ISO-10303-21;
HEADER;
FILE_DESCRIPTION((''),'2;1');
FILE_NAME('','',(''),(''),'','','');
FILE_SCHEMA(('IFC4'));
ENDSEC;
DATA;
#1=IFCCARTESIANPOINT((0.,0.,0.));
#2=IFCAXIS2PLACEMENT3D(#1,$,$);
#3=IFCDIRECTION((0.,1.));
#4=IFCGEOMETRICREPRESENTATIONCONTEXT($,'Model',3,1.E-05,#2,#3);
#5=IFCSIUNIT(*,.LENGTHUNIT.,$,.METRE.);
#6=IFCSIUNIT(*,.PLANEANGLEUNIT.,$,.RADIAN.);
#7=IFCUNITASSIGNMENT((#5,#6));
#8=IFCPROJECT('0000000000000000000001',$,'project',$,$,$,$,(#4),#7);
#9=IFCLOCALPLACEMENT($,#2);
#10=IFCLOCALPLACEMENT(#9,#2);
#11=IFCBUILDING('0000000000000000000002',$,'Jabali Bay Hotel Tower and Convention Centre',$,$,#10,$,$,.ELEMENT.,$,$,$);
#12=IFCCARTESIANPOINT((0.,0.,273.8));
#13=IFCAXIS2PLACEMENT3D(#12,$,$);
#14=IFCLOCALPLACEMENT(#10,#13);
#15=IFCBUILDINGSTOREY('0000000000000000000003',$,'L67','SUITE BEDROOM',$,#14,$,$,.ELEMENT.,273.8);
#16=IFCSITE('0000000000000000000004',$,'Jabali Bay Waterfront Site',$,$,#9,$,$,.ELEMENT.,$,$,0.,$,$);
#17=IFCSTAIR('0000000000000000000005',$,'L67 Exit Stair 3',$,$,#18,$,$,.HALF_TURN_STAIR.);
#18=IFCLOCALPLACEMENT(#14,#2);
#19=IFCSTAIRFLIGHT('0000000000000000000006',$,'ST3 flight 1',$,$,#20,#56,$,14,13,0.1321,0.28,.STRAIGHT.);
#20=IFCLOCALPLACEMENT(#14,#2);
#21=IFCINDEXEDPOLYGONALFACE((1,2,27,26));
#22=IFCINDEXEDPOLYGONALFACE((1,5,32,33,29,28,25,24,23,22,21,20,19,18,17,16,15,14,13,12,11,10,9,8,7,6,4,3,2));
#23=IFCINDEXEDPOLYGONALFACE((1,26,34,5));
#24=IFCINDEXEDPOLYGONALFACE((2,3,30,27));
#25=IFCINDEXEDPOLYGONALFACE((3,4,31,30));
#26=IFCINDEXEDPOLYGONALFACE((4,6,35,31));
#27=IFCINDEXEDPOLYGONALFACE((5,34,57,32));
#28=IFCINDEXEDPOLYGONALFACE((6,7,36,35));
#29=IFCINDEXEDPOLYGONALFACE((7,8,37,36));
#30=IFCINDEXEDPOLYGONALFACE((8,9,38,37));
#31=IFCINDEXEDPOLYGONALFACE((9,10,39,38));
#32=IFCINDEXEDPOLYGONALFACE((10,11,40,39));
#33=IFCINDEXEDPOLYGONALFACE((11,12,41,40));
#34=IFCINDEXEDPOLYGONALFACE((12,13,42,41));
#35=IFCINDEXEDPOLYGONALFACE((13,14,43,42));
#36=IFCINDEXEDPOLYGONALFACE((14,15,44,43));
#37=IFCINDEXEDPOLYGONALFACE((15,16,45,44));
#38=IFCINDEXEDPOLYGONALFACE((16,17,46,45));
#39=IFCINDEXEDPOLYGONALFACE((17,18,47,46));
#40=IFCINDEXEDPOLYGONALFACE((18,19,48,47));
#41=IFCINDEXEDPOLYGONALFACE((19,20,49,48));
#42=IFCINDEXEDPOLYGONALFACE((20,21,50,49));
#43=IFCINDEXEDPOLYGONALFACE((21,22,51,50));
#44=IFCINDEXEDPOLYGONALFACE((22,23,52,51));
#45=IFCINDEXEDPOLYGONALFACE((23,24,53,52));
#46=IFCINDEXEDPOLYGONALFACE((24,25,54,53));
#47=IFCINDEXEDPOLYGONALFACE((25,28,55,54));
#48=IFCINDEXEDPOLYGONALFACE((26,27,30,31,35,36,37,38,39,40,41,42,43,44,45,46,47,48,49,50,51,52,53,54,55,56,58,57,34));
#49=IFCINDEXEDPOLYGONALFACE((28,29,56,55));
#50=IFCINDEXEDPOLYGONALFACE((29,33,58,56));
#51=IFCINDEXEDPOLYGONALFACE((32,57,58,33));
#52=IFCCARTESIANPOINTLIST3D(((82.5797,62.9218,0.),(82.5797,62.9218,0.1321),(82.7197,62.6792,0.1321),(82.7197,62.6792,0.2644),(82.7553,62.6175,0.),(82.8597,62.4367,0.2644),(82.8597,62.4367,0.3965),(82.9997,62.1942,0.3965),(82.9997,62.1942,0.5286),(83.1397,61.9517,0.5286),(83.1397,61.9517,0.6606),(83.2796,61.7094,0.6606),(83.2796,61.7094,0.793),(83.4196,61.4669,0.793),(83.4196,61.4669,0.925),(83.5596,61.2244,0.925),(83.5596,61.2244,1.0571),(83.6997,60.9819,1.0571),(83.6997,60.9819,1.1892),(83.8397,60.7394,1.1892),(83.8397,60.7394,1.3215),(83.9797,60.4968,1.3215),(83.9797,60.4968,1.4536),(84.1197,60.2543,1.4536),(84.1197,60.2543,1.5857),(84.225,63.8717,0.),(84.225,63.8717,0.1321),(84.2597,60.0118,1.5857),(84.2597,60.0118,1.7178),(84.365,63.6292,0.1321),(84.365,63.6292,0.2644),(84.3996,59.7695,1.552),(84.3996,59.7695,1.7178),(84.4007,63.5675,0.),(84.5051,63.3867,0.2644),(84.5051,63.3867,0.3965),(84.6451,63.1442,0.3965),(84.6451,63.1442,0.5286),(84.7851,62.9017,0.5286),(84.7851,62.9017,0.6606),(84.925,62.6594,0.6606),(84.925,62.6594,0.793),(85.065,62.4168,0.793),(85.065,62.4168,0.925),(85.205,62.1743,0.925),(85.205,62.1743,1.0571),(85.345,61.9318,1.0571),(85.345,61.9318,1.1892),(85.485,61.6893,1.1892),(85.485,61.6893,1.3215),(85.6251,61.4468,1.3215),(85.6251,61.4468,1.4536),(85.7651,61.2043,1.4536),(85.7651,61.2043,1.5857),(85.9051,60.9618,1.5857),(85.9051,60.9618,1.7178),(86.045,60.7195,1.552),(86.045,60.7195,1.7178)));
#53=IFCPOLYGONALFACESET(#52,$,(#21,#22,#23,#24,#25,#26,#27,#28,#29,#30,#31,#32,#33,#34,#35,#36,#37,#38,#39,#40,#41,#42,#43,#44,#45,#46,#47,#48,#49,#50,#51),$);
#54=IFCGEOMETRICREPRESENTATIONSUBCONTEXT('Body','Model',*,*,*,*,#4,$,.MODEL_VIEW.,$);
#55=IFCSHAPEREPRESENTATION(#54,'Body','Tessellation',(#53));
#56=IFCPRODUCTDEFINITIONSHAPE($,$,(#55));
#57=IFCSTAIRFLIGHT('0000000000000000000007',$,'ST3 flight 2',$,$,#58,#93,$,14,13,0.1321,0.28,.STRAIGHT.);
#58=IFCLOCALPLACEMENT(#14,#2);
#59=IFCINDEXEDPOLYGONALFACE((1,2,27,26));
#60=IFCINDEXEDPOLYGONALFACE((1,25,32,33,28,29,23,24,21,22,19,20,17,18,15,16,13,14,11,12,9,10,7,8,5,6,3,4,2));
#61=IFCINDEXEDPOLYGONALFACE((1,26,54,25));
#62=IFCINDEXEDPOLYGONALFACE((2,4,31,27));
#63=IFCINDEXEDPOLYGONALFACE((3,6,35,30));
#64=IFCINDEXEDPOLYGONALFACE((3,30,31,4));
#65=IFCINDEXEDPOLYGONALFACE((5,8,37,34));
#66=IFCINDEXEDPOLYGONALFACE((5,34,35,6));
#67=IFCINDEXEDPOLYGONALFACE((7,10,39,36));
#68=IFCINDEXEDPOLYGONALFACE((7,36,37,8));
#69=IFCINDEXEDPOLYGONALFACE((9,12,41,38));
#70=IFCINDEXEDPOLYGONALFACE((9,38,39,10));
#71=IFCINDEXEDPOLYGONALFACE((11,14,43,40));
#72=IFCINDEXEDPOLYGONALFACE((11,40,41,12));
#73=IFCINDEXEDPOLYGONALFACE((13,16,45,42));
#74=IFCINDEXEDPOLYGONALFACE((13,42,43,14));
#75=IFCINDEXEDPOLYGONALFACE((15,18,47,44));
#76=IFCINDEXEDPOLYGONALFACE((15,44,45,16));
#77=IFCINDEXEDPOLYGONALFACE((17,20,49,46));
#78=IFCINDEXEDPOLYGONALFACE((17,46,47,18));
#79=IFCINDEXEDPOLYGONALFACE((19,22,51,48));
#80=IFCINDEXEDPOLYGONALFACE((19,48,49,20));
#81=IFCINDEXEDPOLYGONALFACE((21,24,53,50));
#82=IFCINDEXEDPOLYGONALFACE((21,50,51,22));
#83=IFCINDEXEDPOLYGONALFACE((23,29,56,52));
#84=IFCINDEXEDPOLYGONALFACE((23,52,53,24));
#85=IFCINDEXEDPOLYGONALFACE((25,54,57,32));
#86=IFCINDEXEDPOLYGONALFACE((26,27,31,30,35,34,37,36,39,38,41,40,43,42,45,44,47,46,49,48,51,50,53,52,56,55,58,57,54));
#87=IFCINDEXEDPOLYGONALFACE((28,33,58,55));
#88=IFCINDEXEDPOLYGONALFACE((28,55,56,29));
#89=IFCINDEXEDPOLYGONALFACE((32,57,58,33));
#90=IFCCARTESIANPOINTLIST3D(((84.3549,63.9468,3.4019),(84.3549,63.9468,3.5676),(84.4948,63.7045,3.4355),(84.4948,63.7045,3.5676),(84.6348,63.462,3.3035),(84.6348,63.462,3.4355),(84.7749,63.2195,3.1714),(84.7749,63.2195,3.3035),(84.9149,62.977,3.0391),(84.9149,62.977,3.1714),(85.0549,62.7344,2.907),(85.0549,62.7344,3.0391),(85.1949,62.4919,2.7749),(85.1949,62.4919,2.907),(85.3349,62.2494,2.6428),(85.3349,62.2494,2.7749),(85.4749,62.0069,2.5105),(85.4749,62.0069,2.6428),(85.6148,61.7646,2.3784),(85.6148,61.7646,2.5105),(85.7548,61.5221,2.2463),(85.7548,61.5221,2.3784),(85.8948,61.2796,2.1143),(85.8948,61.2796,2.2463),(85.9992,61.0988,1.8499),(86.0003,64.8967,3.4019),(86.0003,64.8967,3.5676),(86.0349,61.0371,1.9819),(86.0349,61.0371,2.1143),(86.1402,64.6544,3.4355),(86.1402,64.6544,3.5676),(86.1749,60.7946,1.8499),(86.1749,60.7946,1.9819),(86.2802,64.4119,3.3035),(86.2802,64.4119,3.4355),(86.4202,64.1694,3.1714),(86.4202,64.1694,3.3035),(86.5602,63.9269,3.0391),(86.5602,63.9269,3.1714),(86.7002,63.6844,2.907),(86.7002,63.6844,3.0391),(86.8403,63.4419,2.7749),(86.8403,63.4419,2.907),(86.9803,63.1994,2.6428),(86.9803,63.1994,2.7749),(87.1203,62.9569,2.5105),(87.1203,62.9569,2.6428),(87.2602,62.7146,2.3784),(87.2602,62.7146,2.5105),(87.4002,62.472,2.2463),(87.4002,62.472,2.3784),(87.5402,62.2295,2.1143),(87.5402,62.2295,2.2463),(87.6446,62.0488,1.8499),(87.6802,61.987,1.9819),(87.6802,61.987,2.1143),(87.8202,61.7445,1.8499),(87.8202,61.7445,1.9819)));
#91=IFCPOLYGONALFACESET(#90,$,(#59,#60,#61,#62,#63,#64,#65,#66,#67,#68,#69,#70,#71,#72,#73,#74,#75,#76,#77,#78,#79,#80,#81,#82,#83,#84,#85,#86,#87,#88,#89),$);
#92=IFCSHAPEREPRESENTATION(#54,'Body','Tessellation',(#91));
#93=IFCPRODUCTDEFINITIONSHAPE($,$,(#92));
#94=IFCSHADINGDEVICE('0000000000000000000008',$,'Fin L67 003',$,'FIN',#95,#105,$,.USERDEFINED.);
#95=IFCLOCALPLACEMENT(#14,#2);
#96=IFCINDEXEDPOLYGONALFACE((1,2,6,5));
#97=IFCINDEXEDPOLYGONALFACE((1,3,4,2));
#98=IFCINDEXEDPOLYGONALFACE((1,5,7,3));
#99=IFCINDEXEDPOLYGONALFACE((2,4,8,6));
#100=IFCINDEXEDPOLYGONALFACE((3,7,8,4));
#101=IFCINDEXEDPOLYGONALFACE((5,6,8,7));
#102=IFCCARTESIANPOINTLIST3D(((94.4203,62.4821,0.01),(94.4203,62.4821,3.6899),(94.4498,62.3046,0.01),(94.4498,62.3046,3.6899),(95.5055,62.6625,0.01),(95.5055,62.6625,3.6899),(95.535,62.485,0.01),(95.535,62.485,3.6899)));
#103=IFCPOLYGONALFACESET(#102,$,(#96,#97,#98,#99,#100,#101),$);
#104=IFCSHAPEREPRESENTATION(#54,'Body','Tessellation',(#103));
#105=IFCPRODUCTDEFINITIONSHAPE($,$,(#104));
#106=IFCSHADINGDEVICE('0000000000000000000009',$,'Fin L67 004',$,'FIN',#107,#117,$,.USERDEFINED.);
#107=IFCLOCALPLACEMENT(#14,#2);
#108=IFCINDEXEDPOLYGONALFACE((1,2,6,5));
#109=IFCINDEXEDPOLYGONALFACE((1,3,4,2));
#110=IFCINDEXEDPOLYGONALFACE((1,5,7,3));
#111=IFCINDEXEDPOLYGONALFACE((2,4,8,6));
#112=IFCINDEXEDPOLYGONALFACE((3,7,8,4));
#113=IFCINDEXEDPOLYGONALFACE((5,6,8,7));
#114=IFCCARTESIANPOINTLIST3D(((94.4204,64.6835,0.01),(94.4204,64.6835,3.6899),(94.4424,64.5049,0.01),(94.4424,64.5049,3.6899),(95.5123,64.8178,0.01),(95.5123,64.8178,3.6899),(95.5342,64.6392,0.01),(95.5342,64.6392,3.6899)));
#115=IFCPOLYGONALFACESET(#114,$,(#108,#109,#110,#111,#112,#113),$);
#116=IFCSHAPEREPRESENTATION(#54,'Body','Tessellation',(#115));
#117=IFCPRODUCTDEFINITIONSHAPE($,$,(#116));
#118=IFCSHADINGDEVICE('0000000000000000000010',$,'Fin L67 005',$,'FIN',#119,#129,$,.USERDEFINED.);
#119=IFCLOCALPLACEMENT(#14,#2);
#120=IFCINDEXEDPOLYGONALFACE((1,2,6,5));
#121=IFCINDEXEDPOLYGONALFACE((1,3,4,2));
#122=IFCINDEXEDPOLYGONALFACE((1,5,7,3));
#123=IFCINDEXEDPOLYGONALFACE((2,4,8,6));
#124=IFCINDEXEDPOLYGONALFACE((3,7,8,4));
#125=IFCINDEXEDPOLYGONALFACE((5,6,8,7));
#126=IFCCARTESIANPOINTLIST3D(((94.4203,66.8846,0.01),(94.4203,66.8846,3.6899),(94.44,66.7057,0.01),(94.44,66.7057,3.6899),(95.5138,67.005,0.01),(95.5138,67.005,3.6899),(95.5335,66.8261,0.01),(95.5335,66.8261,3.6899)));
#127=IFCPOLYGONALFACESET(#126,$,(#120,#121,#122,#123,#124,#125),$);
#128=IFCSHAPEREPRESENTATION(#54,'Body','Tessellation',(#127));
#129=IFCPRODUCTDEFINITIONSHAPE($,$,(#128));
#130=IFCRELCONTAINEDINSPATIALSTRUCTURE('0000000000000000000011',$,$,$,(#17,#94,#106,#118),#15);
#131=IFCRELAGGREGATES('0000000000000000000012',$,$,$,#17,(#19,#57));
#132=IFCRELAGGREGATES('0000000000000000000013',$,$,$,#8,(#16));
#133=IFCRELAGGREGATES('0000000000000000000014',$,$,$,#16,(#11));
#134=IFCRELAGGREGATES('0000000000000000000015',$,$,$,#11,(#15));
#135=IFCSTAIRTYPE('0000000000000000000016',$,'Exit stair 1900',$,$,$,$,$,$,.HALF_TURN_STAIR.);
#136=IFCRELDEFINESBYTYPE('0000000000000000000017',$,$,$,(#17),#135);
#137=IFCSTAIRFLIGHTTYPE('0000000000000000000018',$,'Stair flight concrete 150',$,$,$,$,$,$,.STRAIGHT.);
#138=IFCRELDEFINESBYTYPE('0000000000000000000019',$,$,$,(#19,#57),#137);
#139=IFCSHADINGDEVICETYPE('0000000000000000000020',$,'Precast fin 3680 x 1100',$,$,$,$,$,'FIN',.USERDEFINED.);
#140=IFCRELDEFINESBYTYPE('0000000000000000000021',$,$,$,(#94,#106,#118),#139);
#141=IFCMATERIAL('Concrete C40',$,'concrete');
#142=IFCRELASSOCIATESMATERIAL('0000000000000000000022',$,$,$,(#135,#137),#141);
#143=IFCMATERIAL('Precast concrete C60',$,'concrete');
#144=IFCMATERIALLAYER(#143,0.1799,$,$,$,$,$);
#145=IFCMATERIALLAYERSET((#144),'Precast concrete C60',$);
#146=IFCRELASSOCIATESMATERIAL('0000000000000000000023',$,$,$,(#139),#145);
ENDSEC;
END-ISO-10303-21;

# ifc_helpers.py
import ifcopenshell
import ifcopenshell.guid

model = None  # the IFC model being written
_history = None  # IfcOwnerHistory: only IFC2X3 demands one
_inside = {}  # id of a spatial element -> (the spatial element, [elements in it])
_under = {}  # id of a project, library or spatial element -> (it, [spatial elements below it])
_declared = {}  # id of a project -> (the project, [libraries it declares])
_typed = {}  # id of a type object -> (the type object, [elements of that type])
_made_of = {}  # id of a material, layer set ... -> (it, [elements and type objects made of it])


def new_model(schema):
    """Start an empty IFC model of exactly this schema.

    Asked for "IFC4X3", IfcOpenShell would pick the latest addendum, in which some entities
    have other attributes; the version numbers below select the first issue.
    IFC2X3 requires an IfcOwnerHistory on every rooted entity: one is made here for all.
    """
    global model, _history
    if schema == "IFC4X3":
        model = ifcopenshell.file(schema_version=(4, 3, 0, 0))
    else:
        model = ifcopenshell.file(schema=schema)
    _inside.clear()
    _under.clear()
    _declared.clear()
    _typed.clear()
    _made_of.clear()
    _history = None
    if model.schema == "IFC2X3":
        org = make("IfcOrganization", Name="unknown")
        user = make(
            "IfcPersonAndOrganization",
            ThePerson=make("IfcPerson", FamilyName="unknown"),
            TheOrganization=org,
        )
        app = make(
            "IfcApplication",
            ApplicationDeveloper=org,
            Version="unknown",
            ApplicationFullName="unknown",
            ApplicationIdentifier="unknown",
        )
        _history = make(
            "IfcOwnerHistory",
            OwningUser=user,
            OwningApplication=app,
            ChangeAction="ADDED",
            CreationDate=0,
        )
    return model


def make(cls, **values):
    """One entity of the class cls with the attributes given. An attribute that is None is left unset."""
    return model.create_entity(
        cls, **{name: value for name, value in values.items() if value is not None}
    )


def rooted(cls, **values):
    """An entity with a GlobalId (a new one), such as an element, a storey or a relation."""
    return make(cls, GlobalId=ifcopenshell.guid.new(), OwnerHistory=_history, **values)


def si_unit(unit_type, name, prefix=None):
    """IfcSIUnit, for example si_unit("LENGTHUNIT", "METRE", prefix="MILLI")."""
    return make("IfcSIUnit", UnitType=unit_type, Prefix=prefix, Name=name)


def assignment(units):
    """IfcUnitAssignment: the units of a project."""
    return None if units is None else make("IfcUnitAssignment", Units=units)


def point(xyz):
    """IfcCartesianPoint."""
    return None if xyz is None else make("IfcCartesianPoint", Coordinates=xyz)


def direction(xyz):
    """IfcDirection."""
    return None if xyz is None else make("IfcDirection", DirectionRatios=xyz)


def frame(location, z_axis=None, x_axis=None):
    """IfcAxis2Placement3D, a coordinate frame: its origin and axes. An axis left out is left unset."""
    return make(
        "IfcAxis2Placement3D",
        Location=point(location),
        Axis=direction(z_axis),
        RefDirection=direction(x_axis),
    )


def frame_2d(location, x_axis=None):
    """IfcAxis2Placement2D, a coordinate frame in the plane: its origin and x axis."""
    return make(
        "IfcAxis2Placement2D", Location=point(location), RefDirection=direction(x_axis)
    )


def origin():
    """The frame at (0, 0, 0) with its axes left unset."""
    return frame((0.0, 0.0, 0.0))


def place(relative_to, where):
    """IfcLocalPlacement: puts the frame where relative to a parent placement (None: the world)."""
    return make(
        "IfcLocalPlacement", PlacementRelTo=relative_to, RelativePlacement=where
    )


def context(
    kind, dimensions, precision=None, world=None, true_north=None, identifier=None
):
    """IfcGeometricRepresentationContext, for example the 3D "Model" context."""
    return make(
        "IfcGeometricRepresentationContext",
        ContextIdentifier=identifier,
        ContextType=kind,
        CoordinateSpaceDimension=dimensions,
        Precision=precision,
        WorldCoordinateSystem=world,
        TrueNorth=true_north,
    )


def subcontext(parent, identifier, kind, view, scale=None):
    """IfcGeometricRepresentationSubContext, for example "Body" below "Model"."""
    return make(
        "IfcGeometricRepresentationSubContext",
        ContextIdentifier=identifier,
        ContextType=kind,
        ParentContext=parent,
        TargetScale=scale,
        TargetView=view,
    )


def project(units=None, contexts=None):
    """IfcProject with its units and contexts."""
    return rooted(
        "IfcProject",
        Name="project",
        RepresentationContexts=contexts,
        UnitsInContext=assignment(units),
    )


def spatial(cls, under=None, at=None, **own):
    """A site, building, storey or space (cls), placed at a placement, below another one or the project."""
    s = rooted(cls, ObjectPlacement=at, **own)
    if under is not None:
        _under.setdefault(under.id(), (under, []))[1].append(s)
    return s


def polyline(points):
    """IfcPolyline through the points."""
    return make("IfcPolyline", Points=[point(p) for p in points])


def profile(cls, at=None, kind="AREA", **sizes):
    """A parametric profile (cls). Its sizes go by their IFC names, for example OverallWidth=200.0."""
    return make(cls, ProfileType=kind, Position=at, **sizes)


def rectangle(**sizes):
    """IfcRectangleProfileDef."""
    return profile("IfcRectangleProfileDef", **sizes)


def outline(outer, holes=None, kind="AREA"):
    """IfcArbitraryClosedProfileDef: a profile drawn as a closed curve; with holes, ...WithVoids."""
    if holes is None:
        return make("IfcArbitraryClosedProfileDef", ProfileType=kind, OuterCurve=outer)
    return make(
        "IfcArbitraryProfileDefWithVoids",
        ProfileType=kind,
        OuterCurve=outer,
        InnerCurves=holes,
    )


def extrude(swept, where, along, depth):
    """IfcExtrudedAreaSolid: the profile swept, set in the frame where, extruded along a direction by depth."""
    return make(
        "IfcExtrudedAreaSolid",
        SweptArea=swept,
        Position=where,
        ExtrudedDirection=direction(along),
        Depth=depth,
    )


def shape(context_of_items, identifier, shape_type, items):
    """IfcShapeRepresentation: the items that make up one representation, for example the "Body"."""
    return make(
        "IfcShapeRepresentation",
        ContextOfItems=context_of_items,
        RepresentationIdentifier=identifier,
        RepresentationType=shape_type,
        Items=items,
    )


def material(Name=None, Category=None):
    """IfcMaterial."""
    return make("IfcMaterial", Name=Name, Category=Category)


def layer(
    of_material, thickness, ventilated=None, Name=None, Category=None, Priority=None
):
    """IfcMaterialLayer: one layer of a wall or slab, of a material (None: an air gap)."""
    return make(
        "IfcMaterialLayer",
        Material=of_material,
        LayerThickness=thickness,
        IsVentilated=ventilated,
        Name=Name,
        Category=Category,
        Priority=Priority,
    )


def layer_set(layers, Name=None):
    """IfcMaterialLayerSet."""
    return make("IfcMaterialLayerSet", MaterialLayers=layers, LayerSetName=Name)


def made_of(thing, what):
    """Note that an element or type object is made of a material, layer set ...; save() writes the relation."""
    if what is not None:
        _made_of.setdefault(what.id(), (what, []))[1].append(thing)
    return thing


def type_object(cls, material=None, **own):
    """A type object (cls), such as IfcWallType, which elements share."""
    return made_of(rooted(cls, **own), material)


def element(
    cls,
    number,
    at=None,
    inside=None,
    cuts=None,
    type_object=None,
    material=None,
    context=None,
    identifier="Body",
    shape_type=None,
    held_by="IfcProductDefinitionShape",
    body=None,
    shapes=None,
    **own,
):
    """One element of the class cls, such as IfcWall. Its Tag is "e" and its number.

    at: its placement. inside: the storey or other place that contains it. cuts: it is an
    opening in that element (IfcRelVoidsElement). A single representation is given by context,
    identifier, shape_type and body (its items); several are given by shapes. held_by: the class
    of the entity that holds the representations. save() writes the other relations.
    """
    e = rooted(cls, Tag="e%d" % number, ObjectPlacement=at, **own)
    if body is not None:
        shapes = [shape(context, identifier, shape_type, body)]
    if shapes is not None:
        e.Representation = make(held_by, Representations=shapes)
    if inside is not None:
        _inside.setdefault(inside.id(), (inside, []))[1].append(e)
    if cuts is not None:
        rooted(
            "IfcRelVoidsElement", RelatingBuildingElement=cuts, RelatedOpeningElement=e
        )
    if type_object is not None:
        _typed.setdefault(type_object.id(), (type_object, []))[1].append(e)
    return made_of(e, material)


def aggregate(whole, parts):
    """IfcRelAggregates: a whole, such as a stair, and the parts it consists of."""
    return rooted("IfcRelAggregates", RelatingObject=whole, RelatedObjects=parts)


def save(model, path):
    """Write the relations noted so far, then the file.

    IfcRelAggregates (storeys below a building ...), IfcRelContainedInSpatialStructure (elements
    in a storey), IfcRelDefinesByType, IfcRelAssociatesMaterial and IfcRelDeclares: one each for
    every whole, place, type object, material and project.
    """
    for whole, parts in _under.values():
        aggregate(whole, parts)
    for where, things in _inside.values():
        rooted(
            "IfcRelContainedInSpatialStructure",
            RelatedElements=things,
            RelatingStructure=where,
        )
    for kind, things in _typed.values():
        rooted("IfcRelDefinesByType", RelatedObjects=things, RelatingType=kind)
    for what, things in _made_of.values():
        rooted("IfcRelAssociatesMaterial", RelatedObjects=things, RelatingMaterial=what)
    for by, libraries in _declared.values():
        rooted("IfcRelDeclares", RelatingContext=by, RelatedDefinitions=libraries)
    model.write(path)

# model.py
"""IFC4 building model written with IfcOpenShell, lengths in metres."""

from ifc_helpers import new_model, si_unit, direction, frame, frame_2d, origin, place, context, subcontext, project, spatial, polyline, rectangle, outline, extrude, material, layer, layer_set, type_object, element, aggregate, save


model = new_model("IFC4")

# Units and contexts
model_context = context("Model", 3, precision=1e-05, world=origin(), true_north=direction((0.0, 1.0)))
body_context = subcontext(model_context, "Body", "Model", "MODEL_VIEW")
ifc_project = project(units=[si_unit("LENGTHUNIT", "METRE"), si_unit("PLANEANGLEUNIT", "RADIAN")], contexts=[model_context])

# Site, building, storey
site_placement = place(None, origin())
site = spatial("IfcSite", under=ifc_project, at=site_placement, Name="Jabali Bay Waterfront Site", CompositionType="ELEMENT", RefElevation=0.0)
building_placement = place(site_placement, origin())
building = spatial("IfcBuilding", under=site, at=building_placement, Name="Jabali Bay Hotel Tower and Convention Centre", CompositionType="ELEMENT")
storey_placement = place(building_placement, frame((0.0, 0.0, 273.8)))
storey = spatial("IfcBuildingStorey", under=building, at=storey_placement, Name="L67", Description="SUITE BEDROOM", CompositionType="ELEMENT", Elevation=273.8)

# Shared definitions
ifc_material_1 = material(Name="Concrete C40", Category="concrete")

# Stair, stair flights
stair_type = type_object("IfcStairType", Name="Exit stair 1900", PredefinedType="HALF_TURN_STAIR", material=ifc_material_1)
stair_placement = place(storey_placement, origin())
stair = element("IfcStair", 1, at=stair_placement, inside=storey, type_object=stair_type, Name="L67 Exit Stair 3", PredefinedType="HALF_TURN_STAIR")
stair_flight_type = type_object("IfcStairFlightType", Name="Stair flight concrete 150", PredefinedType="STRAIGHT", material=ifc_material_1)
stair_flight_1_placement = place(storey_placement, frame((83.4023, 63.3967, 0.0), z_axis=(0.0, 0.0, 1.0), x_axis=(0.5, -0.866025, 0.0)))
stair_flight_1 = element("IfcStairFlight", 2, at=stair_flight_1_placement, type_object=stair_flight_type, Name="ST3 flight 1", NumberOfRisers=14, NumberOfTreads=13, PredefinedType="STRAIGHT", RiserHeight=0.1321, TreadLength=0.28, context=body_context, shape_type="SweptSolid", body=[
    extrude(outline(polyline([(0.0, 0.0), (0.0, 0.1321), (0.28, 0.1321), (0.28, 0.2644), (0.5601, 0.2644), (0.5601, 0.3965), (0.8401, 0.3965), (0.8401, 0.5286), (1.1201, 0.5286), (1.1201, 0.6606), (1.3999, 0.6606), (1.3999, 0.793), (1.6799, 0.793), (1.6799, 0.925), (1.96, 0.925), (1.96, 1.0571), (2.24, 1.0571), (2.24, 1.1892), (2.52, 1.1892), (2.52, 1.3215), (2.8, 1.3215), (2.8, 1.4536), (3.0801, 1.4536), (3.0801, 1.5857), (3.3601, 1.5857), (3.3601, 1.7178), (3.6399, 1.7178), (3.6399, 1.8501), (3.6399, 1.552), (0.3513, 0.0), (0.0, 0.0)])), frame((0.0, 0.95, 0.0), z_axis=(0.0, -1.0, 0.0), x_axis=(1.0, 0.0, 0.0)), (0.0, 0.0, 1.0), 1.8999),
])
stair_flight_2_placement = place(storey_placement, frame((86.9976, 61.2695, 1.8499), z_axis=(0.0, 0.0, 1.0), x_axis=(-0.5, 0.866025, 0.0)))
stair_flight_2 = element("IfcStairFlight", 3, at=stair_flight_2_placement, type_object=stair_flight_type, Name="ST3 flight 2", NumberOfRisers=14, NumberOfTreads=13, PredefinedType="STRAIGHT", RiserHeight=0.1321, TreadLength=0.28, context=body_context, shape_type="SweptSolid", body=[
    extrude(outline(polyline([(0.0, 0.0), (0.0, 0.1321), (0.28, 0.1321), (0.28, 0.2644), (0.5601, 0.2644), (0.5601, 0.3965), (0.8401, 0.3965), (0.8401, 0.5286), (1.1201, 0.5286), (1.1201, 0.6606), (1.3999, 0.6606), (1.3999, 0.793), (1.6799, 0.793), (1.6799, 0.925), (1.96, 0.925), (1.96, 1.0571), (2.24, 1.0571), (2.24, 1.1892), (2.52, 1.1892), (2.52, 1.3215), (2.8, 1.3215), (2.8, 1.4536), (3.0801, 1.4536), (3.0801, 1.5857), (3.3601, 1.5857), (3.3601, 1.7178), (3.6399, 1.7178), (3.6399, 1.8501), (3.6399, 1.552), (0.3513, 0.0), (0.0, 0.0)])), frame((0.0, 0.95, 0.0), z_axis=(0.0, -1.0, 0.0), x_axis=(1.0, 0.0, 0.0)), (0.0, 0.0, 1.0), 1.8999),
])
aggregate(stair, [stair_flight_1, stair_flight_2])

# Shading devices
ifc_material_2 = material(Name="Precast concrete C60", Category="concrete")
ifc_layer_1 = layer(ifc_material_2, 0.1799)
ifc_layer_set_1 = layer_set([ifc_layer_1], Name="Precast concrete C60")
shading_device_type = type_object("IfcShadingDeviceType", Name="Precast fin 3680 x 1100", ElementType="FIN", PredefinedType="USERDEFINED", material=ifc_layer_set_1)
for number, where, z_axis, x_axis, name in (
    (4, (94.4351, 62.3933, 0.01), (0.0, 0.0, 1.0), (0.98646, 0.164003, 0.0), "Fin L67 003"),
    (5, (94.4314, 64.5942, 0.01), (0.0, 0.0, 1.0), (0.992522, 0.122068, 0.0), "Fin L67 004"),
    (6, (94.4302, 66.7952, 0.01), (0.0, 0.0, 1.0), (0.993997, 0.109408, 0.0), "Fin L67 005"),
):
    element("IfcShadingDevice", number, at=place(storey_placement, frame(where, z_axis=z_axis, x_axis=x_axis)), inside=storey, type_object=shading_device_type, Name=name, ObjectType="FIN", PredefinedType="USERDEFINED", context=body_context, shape_type="SweptSolid", body=[
        extrude(rectangle(XDim=1.1001, YDim=0.1799, at=frame_2d((0.55, 0.0))), origin(), (0.0, 0.0, 1.0), 3.6799),
    ])

save(model, "model.ifc")
